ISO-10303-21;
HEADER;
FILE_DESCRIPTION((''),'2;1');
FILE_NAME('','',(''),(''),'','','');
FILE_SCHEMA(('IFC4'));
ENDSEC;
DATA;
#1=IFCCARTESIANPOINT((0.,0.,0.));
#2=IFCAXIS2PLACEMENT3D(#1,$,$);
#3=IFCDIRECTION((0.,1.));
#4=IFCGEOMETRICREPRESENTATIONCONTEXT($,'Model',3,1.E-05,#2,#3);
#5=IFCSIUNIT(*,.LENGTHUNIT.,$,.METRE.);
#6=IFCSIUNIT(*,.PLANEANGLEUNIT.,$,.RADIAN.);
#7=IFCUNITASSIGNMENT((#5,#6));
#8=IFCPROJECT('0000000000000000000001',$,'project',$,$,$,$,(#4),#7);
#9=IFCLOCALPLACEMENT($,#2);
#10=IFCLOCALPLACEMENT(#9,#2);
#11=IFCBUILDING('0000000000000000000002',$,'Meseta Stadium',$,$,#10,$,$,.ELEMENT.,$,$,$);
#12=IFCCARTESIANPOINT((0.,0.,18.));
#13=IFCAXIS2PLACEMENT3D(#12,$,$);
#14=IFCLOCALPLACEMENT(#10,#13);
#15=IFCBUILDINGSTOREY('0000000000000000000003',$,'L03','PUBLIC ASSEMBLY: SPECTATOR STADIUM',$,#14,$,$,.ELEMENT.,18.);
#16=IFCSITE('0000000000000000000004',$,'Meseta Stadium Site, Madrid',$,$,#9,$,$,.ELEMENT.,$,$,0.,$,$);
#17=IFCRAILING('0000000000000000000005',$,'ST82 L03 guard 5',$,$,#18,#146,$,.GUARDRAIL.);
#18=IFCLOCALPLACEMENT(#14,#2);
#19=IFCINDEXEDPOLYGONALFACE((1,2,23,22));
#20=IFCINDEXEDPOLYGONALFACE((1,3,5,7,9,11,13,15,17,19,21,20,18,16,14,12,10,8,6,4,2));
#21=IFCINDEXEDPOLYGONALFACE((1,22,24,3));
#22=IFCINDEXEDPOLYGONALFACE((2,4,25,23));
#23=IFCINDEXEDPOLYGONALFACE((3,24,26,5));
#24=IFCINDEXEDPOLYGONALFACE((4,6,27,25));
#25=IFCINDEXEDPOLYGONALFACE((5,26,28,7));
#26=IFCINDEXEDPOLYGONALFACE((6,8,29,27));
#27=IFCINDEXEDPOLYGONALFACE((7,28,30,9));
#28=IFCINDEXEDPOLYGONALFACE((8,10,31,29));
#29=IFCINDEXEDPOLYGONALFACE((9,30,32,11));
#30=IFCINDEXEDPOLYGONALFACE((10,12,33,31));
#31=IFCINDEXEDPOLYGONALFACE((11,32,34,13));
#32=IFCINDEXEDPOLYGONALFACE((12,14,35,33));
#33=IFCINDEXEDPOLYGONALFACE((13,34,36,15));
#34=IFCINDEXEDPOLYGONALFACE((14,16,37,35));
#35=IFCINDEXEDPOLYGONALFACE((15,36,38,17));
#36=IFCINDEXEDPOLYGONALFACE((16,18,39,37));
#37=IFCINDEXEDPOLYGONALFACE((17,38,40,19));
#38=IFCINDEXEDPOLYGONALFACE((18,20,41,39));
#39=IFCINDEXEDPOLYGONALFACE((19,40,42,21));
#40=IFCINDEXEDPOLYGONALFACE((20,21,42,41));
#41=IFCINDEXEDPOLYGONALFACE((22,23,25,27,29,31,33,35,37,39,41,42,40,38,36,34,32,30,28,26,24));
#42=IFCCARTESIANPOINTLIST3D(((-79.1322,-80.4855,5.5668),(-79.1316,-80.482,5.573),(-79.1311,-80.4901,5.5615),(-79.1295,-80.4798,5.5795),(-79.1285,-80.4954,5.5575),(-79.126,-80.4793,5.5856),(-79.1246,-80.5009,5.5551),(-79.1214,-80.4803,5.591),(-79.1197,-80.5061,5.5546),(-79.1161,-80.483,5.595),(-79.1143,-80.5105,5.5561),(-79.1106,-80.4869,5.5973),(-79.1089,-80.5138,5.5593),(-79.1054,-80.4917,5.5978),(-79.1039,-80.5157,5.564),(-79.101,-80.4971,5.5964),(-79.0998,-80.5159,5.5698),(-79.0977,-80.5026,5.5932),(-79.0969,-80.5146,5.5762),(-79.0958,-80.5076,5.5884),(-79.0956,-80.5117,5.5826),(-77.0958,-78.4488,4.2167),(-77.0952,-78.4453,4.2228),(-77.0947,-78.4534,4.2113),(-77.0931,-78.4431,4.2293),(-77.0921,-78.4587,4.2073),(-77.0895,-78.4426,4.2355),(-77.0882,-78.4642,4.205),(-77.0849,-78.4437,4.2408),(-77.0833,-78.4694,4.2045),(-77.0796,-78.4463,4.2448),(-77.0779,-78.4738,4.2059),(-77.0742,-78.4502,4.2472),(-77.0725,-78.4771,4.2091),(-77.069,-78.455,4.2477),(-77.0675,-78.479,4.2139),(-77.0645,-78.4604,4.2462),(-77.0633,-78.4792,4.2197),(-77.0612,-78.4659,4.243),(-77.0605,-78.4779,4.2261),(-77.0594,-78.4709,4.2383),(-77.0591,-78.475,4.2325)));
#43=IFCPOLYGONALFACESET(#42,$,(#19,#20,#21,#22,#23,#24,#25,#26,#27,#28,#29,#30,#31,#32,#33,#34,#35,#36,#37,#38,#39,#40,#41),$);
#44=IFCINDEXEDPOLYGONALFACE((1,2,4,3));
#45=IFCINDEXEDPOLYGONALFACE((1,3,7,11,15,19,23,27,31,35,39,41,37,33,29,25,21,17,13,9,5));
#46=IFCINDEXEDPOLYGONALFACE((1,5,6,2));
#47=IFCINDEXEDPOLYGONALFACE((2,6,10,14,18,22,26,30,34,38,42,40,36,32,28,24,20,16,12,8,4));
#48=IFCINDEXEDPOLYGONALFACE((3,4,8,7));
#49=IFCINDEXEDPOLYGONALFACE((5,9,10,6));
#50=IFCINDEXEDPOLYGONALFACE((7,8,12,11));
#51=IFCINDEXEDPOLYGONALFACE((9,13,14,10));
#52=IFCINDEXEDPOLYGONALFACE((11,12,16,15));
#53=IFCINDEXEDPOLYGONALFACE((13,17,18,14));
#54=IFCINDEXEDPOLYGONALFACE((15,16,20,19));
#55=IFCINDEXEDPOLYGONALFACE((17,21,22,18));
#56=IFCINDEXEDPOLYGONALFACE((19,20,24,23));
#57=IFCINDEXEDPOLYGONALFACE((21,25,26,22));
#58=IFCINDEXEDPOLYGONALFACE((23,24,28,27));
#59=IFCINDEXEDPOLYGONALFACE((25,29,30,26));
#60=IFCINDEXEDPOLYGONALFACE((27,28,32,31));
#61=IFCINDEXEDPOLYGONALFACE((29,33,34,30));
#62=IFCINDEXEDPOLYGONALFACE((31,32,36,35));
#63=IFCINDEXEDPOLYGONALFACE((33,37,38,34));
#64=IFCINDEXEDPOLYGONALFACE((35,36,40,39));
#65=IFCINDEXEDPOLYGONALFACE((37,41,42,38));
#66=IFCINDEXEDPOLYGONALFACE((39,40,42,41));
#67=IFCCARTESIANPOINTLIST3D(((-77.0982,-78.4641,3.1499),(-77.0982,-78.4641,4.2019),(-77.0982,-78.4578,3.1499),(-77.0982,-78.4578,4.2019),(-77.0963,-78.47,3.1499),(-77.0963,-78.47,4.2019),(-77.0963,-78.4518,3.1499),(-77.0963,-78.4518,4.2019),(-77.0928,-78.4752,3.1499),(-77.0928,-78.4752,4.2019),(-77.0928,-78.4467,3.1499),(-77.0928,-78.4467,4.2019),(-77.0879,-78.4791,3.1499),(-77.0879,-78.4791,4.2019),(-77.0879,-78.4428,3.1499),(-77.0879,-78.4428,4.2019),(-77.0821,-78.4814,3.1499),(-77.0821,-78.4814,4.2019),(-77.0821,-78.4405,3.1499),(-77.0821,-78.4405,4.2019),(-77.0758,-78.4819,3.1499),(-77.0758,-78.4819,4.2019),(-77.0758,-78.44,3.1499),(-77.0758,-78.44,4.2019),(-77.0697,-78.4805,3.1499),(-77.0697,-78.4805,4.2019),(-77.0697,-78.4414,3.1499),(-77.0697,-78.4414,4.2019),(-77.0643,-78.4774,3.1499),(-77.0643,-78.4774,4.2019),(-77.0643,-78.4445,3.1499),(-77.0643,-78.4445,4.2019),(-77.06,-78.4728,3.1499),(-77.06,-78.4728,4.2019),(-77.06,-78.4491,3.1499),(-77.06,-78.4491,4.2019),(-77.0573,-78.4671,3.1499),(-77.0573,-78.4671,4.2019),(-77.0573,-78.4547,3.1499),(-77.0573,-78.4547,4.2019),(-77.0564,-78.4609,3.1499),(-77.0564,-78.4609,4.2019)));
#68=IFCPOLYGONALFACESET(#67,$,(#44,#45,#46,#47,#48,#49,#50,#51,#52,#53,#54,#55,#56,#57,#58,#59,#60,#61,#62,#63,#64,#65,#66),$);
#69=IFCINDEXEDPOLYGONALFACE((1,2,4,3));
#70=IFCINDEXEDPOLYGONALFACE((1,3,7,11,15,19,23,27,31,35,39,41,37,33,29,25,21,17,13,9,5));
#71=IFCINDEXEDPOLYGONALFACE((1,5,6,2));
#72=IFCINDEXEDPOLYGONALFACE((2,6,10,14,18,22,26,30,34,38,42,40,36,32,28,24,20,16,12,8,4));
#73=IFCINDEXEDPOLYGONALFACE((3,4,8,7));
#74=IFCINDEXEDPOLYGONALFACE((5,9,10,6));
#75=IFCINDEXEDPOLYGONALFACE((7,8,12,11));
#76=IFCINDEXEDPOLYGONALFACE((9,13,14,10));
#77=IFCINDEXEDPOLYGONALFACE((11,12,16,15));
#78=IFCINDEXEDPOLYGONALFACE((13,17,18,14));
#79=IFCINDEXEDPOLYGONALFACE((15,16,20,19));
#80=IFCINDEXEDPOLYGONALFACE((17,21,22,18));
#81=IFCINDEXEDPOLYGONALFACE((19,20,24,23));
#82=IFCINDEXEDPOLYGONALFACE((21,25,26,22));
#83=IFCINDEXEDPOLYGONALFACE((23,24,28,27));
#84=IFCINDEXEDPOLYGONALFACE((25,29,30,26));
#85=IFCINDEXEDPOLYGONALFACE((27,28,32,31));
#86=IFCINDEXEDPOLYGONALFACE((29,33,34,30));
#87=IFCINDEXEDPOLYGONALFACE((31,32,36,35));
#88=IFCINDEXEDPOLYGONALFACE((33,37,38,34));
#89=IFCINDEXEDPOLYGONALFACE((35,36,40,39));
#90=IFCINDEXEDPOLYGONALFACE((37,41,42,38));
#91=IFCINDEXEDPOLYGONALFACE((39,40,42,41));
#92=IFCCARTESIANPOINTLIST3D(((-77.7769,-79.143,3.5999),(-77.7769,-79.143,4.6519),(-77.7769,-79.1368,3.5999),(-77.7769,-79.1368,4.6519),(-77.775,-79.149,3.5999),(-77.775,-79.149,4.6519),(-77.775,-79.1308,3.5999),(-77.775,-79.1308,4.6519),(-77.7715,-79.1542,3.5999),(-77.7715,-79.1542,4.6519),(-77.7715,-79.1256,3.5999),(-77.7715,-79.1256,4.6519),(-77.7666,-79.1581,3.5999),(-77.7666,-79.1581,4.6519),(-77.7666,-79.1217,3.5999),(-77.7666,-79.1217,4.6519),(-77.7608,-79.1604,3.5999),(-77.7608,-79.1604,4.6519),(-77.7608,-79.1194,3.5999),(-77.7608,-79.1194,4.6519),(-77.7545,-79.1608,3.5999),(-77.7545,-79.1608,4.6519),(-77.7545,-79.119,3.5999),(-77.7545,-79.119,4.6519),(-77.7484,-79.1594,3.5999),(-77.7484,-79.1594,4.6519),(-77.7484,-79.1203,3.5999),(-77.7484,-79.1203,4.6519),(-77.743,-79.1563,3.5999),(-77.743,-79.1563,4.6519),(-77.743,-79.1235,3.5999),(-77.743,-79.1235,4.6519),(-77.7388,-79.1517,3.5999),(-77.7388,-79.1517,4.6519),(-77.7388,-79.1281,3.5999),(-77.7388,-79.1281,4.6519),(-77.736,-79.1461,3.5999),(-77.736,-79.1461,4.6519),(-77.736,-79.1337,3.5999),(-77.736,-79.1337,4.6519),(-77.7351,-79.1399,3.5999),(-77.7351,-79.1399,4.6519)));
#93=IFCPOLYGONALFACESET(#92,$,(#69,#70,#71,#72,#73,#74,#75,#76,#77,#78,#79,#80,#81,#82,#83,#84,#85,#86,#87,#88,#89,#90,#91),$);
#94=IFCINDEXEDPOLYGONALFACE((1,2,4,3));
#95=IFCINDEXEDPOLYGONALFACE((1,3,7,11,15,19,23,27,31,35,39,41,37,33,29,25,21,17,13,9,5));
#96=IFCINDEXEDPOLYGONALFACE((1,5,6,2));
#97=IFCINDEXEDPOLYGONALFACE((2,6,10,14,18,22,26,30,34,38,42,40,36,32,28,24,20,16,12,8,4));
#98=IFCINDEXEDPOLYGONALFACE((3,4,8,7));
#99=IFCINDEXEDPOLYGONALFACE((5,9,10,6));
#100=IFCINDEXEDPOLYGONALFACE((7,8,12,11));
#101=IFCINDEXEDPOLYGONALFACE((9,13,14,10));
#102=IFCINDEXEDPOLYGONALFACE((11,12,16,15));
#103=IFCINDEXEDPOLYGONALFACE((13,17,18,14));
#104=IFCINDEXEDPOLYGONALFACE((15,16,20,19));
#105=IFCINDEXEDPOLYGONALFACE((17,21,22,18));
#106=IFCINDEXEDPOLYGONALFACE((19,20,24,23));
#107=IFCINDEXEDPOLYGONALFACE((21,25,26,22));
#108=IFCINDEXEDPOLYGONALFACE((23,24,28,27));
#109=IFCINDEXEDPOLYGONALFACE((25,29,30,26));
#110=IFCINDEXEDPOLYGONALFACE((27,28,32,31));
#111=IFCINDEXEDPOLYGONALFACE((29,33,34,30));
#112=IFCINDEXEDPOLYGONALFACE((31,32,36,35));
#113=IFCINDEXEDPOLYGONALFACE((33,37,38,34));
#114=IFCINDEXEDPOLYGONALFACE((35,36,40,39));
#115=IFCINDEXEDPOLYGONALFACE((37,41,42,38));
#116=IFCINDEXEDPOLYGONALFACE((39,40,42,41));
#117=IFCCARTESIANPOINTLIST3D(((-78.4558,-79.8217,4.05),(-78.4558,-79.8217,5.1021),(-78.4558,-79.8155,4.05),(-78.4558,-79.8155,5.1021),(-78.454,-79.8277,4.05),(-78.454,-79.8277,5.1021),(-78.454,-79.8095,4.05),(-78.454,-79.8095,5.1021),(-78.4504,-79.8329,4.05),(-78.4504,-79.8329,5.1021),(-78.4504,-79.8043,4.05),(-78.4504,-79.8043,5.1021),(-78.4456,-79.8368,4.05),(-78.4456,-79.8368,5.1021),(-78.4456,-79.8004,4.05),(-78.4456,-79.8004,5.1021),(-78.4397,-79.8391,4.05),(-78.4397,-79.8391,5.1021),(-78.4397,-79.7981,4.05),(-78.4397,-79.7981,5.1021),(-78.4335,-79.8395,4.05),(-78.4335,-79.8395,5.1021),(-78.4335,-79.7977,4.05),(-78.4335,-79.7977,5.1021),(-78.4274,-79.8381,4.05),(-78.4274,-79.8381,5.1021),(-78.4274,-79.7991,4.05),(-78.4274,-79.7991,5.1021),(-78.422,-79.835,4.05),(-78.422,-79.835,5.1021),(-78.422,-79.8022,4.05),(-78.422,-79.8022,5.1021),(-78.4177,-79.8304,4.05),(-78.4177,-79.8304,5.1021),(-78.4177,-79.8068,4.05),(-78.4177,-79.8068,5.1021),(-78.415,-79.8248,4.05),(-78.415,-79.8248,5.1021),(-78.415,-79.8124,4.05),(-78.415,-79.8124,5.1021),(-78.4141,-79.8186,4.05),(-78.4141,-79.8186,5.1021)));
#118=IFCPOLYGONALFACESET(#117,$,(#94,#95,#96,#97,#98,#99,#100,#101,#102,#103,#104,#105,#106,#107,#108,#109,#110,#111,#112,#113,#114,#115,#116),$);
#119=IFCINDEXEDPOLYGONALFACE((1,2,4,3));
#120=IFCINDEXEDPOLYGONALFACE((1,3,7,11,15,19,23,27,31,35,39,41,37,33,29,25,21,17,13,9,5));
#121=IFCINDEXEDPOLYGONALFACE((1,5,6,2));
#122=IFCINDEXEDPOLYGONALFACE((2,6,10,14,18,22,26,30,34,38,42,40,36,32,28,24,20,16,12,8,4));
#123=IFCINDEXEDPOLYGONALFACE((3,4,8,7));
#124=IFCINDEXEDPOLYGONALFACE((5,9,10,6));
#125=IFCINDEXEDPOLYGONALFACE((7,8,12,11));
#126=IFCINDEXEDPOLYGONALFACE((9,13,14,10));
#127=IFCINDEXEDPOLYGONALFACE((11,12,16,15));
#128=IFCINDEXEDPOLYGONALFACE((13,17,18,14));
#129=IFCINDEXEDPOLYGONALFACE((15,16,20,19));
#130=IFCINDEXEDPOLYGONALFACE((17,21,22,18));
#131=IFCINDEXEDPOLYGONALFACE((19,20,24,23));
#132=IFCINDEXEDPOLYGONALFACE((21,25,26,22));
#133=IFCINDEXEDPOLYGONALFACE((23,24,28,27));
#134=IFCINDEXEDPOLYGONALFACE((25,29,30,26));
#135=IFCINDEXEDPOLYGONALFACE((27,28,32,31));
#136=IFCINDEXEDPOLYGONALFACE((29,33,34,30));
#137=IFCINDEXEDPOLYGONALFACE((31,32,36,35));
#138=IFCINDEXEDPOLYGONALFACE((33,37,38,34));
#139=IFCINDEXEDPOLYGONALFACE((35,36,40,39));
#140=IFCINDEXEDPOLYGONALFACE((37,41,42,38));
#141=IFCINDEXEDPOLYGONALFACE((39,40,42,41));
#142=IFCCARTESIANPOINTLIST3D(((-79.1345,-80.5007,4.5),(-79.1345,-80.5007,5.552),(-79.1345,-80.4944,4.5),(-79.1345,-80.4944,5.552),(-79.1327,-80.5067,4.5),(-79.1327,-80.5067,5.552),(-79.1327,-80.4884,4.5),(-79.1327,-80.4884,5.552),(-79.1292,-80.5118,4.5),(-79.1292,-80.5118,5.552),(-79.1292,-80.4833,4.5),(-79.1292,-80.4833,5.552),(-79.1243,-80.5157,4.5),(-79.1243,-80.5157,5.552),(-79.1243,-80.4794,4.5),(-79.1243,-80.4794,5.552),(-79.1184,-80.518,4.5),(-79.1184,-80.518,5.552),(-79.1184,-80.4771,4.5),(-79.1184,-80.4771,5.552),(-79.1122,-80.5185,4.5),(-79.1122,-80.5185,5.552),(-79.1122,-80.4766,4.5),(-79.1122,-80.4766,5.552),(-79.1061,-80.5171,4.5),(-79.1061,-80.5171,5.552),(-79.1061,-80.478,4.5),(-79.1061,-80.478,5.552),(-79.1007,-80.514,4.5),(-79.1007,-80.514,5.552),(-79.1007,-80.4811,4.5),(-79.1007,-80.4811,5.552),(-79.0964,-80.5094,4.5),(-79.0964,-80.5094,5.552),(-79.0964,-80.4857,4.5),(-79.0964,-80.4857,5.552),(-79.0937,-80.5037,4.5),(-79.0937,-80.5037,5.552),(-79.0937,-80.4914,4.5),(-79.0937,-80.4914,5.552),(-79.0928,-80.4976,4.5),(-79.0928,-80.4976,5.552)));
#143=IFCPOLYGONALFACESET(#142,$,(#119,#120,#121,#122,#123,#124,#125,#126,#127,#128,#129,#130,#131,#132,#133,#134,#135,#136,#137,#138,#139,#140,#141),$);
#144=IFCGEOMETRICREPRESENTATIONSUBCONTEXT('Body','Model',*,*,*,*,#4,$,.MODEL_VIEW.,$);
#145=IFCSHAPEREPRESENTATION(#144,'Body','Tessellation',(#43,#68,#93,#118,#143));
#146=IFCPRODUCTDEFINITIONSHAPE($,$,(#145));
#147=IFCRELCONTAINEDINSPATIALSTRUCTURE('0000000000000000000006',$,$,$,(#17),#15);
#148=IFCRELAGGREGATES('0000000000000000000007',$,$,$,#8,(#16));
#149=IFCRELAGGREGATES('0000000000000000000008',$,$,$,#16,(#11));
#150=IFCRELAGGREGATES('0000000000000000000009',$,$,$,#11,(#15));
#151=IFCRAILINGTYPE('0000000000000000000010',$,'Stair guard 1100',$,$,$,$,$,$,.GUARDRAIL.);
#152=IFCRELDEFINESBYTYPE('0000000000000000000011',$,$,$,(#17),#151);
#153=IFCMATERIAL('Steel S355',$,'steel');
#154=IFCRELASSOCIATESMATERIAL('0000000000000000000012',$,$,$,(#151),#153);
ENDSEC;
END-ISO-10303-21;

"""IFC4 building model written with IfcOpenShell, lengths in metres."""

from ifc_helpers import new_model, si_unit, direction, frame, origin, origin_2d, place, context, subcontext, project, spatial, circle, extrude, material, type_object, element, save


model = new_model("IFC4")

# Units and contexts
model_context = context("Model", 3, precision=1e-05, world=origin(), true_north=direction((0.0, 1.0)))
body_context = subcontext(model_context, "Body", "Model", "MODEL_VIEW")
ifc_project = project(units=[si_unit("LENGTHUNIT", "METRE"), si_unit("PLANEANGLEUNIT", "RADIAN")], contexts=[model_context])

# Site, building, storey
site_placement = place(None, origin())
site = spatial("IfcSite", under=ifc_project, at=site_placement, Name="Meseta Stadium Site, Madrid", CompositionType="ELEMENT", RefElevation=0.0)
building_placement = place(site_placement, origin())
building = spatial("IfcBuilding", under=site, at=building_placement, Name="Meseta Stadium", CompositionType="ELEMENT")
storey_placement = place(building_placement, frame((0.0, 0.0, 18.0)))
storey = spatial("IfcBuildingStorey", under=building, at=storey_placement, Name="L03", Description="PUBLIC ASSEMBLY: SPECTATOR STADIUM", CompositionType="ELEMENT", Elevation=18.0)

# Railing
ifc_material_1 = material(Name="Steel S355", Category="steel")
railing_type_1 = type_object("IfcRailingType", Name="Stair guard 1100", PredefinedType="GUARDRAIL", material=ifc_material_1)
railing_1_placement = place(storey_placement, frame((-77.0774, -78.4609, 3.1499)))
element("IfcRailing", 1, at=railing_1_placement, inside=storey, type_object=railing_type_1, Name="ST82 L03 guard 5", PredefinedType="GUARDRAIL", context=body_context, shape_type="SweptSolid", body=[
    extrude(circle(Radius=0.0239, at=origin_2d()), frame((0.0, 0.0, 1.0762), z_axis=(-0.640211, -0.640288, 0.424454), x_axis=(0.707149, -0.707064, 0.0)), (0.0, 0.0, 1.0), 3.1809),
    extrude(circle(Radius=0.021, at=origin_2d()), origin(), (0.0, 0.0, 1.0), 1.052),
    extrude(circle(Radius=0.021, at=origin_2d()), frame((-0.6787, -0.679, 0.45)), (0.0, 0.0, 1.0), 1.052),
    extrude(circle(Radius=0.021, at=origin_2d()), frame((-1.3577, -1.3577, 0.9001)), (0.0, 0.0, 1.0), 1.052),
    extrude(circle(Radius=0.021, at=origin_2d()), frame((-2.0364, -2.0366, 1.3501)), (0.0, 0.0, 1.0), 1.052),
])

save(model, "model.ifc")
